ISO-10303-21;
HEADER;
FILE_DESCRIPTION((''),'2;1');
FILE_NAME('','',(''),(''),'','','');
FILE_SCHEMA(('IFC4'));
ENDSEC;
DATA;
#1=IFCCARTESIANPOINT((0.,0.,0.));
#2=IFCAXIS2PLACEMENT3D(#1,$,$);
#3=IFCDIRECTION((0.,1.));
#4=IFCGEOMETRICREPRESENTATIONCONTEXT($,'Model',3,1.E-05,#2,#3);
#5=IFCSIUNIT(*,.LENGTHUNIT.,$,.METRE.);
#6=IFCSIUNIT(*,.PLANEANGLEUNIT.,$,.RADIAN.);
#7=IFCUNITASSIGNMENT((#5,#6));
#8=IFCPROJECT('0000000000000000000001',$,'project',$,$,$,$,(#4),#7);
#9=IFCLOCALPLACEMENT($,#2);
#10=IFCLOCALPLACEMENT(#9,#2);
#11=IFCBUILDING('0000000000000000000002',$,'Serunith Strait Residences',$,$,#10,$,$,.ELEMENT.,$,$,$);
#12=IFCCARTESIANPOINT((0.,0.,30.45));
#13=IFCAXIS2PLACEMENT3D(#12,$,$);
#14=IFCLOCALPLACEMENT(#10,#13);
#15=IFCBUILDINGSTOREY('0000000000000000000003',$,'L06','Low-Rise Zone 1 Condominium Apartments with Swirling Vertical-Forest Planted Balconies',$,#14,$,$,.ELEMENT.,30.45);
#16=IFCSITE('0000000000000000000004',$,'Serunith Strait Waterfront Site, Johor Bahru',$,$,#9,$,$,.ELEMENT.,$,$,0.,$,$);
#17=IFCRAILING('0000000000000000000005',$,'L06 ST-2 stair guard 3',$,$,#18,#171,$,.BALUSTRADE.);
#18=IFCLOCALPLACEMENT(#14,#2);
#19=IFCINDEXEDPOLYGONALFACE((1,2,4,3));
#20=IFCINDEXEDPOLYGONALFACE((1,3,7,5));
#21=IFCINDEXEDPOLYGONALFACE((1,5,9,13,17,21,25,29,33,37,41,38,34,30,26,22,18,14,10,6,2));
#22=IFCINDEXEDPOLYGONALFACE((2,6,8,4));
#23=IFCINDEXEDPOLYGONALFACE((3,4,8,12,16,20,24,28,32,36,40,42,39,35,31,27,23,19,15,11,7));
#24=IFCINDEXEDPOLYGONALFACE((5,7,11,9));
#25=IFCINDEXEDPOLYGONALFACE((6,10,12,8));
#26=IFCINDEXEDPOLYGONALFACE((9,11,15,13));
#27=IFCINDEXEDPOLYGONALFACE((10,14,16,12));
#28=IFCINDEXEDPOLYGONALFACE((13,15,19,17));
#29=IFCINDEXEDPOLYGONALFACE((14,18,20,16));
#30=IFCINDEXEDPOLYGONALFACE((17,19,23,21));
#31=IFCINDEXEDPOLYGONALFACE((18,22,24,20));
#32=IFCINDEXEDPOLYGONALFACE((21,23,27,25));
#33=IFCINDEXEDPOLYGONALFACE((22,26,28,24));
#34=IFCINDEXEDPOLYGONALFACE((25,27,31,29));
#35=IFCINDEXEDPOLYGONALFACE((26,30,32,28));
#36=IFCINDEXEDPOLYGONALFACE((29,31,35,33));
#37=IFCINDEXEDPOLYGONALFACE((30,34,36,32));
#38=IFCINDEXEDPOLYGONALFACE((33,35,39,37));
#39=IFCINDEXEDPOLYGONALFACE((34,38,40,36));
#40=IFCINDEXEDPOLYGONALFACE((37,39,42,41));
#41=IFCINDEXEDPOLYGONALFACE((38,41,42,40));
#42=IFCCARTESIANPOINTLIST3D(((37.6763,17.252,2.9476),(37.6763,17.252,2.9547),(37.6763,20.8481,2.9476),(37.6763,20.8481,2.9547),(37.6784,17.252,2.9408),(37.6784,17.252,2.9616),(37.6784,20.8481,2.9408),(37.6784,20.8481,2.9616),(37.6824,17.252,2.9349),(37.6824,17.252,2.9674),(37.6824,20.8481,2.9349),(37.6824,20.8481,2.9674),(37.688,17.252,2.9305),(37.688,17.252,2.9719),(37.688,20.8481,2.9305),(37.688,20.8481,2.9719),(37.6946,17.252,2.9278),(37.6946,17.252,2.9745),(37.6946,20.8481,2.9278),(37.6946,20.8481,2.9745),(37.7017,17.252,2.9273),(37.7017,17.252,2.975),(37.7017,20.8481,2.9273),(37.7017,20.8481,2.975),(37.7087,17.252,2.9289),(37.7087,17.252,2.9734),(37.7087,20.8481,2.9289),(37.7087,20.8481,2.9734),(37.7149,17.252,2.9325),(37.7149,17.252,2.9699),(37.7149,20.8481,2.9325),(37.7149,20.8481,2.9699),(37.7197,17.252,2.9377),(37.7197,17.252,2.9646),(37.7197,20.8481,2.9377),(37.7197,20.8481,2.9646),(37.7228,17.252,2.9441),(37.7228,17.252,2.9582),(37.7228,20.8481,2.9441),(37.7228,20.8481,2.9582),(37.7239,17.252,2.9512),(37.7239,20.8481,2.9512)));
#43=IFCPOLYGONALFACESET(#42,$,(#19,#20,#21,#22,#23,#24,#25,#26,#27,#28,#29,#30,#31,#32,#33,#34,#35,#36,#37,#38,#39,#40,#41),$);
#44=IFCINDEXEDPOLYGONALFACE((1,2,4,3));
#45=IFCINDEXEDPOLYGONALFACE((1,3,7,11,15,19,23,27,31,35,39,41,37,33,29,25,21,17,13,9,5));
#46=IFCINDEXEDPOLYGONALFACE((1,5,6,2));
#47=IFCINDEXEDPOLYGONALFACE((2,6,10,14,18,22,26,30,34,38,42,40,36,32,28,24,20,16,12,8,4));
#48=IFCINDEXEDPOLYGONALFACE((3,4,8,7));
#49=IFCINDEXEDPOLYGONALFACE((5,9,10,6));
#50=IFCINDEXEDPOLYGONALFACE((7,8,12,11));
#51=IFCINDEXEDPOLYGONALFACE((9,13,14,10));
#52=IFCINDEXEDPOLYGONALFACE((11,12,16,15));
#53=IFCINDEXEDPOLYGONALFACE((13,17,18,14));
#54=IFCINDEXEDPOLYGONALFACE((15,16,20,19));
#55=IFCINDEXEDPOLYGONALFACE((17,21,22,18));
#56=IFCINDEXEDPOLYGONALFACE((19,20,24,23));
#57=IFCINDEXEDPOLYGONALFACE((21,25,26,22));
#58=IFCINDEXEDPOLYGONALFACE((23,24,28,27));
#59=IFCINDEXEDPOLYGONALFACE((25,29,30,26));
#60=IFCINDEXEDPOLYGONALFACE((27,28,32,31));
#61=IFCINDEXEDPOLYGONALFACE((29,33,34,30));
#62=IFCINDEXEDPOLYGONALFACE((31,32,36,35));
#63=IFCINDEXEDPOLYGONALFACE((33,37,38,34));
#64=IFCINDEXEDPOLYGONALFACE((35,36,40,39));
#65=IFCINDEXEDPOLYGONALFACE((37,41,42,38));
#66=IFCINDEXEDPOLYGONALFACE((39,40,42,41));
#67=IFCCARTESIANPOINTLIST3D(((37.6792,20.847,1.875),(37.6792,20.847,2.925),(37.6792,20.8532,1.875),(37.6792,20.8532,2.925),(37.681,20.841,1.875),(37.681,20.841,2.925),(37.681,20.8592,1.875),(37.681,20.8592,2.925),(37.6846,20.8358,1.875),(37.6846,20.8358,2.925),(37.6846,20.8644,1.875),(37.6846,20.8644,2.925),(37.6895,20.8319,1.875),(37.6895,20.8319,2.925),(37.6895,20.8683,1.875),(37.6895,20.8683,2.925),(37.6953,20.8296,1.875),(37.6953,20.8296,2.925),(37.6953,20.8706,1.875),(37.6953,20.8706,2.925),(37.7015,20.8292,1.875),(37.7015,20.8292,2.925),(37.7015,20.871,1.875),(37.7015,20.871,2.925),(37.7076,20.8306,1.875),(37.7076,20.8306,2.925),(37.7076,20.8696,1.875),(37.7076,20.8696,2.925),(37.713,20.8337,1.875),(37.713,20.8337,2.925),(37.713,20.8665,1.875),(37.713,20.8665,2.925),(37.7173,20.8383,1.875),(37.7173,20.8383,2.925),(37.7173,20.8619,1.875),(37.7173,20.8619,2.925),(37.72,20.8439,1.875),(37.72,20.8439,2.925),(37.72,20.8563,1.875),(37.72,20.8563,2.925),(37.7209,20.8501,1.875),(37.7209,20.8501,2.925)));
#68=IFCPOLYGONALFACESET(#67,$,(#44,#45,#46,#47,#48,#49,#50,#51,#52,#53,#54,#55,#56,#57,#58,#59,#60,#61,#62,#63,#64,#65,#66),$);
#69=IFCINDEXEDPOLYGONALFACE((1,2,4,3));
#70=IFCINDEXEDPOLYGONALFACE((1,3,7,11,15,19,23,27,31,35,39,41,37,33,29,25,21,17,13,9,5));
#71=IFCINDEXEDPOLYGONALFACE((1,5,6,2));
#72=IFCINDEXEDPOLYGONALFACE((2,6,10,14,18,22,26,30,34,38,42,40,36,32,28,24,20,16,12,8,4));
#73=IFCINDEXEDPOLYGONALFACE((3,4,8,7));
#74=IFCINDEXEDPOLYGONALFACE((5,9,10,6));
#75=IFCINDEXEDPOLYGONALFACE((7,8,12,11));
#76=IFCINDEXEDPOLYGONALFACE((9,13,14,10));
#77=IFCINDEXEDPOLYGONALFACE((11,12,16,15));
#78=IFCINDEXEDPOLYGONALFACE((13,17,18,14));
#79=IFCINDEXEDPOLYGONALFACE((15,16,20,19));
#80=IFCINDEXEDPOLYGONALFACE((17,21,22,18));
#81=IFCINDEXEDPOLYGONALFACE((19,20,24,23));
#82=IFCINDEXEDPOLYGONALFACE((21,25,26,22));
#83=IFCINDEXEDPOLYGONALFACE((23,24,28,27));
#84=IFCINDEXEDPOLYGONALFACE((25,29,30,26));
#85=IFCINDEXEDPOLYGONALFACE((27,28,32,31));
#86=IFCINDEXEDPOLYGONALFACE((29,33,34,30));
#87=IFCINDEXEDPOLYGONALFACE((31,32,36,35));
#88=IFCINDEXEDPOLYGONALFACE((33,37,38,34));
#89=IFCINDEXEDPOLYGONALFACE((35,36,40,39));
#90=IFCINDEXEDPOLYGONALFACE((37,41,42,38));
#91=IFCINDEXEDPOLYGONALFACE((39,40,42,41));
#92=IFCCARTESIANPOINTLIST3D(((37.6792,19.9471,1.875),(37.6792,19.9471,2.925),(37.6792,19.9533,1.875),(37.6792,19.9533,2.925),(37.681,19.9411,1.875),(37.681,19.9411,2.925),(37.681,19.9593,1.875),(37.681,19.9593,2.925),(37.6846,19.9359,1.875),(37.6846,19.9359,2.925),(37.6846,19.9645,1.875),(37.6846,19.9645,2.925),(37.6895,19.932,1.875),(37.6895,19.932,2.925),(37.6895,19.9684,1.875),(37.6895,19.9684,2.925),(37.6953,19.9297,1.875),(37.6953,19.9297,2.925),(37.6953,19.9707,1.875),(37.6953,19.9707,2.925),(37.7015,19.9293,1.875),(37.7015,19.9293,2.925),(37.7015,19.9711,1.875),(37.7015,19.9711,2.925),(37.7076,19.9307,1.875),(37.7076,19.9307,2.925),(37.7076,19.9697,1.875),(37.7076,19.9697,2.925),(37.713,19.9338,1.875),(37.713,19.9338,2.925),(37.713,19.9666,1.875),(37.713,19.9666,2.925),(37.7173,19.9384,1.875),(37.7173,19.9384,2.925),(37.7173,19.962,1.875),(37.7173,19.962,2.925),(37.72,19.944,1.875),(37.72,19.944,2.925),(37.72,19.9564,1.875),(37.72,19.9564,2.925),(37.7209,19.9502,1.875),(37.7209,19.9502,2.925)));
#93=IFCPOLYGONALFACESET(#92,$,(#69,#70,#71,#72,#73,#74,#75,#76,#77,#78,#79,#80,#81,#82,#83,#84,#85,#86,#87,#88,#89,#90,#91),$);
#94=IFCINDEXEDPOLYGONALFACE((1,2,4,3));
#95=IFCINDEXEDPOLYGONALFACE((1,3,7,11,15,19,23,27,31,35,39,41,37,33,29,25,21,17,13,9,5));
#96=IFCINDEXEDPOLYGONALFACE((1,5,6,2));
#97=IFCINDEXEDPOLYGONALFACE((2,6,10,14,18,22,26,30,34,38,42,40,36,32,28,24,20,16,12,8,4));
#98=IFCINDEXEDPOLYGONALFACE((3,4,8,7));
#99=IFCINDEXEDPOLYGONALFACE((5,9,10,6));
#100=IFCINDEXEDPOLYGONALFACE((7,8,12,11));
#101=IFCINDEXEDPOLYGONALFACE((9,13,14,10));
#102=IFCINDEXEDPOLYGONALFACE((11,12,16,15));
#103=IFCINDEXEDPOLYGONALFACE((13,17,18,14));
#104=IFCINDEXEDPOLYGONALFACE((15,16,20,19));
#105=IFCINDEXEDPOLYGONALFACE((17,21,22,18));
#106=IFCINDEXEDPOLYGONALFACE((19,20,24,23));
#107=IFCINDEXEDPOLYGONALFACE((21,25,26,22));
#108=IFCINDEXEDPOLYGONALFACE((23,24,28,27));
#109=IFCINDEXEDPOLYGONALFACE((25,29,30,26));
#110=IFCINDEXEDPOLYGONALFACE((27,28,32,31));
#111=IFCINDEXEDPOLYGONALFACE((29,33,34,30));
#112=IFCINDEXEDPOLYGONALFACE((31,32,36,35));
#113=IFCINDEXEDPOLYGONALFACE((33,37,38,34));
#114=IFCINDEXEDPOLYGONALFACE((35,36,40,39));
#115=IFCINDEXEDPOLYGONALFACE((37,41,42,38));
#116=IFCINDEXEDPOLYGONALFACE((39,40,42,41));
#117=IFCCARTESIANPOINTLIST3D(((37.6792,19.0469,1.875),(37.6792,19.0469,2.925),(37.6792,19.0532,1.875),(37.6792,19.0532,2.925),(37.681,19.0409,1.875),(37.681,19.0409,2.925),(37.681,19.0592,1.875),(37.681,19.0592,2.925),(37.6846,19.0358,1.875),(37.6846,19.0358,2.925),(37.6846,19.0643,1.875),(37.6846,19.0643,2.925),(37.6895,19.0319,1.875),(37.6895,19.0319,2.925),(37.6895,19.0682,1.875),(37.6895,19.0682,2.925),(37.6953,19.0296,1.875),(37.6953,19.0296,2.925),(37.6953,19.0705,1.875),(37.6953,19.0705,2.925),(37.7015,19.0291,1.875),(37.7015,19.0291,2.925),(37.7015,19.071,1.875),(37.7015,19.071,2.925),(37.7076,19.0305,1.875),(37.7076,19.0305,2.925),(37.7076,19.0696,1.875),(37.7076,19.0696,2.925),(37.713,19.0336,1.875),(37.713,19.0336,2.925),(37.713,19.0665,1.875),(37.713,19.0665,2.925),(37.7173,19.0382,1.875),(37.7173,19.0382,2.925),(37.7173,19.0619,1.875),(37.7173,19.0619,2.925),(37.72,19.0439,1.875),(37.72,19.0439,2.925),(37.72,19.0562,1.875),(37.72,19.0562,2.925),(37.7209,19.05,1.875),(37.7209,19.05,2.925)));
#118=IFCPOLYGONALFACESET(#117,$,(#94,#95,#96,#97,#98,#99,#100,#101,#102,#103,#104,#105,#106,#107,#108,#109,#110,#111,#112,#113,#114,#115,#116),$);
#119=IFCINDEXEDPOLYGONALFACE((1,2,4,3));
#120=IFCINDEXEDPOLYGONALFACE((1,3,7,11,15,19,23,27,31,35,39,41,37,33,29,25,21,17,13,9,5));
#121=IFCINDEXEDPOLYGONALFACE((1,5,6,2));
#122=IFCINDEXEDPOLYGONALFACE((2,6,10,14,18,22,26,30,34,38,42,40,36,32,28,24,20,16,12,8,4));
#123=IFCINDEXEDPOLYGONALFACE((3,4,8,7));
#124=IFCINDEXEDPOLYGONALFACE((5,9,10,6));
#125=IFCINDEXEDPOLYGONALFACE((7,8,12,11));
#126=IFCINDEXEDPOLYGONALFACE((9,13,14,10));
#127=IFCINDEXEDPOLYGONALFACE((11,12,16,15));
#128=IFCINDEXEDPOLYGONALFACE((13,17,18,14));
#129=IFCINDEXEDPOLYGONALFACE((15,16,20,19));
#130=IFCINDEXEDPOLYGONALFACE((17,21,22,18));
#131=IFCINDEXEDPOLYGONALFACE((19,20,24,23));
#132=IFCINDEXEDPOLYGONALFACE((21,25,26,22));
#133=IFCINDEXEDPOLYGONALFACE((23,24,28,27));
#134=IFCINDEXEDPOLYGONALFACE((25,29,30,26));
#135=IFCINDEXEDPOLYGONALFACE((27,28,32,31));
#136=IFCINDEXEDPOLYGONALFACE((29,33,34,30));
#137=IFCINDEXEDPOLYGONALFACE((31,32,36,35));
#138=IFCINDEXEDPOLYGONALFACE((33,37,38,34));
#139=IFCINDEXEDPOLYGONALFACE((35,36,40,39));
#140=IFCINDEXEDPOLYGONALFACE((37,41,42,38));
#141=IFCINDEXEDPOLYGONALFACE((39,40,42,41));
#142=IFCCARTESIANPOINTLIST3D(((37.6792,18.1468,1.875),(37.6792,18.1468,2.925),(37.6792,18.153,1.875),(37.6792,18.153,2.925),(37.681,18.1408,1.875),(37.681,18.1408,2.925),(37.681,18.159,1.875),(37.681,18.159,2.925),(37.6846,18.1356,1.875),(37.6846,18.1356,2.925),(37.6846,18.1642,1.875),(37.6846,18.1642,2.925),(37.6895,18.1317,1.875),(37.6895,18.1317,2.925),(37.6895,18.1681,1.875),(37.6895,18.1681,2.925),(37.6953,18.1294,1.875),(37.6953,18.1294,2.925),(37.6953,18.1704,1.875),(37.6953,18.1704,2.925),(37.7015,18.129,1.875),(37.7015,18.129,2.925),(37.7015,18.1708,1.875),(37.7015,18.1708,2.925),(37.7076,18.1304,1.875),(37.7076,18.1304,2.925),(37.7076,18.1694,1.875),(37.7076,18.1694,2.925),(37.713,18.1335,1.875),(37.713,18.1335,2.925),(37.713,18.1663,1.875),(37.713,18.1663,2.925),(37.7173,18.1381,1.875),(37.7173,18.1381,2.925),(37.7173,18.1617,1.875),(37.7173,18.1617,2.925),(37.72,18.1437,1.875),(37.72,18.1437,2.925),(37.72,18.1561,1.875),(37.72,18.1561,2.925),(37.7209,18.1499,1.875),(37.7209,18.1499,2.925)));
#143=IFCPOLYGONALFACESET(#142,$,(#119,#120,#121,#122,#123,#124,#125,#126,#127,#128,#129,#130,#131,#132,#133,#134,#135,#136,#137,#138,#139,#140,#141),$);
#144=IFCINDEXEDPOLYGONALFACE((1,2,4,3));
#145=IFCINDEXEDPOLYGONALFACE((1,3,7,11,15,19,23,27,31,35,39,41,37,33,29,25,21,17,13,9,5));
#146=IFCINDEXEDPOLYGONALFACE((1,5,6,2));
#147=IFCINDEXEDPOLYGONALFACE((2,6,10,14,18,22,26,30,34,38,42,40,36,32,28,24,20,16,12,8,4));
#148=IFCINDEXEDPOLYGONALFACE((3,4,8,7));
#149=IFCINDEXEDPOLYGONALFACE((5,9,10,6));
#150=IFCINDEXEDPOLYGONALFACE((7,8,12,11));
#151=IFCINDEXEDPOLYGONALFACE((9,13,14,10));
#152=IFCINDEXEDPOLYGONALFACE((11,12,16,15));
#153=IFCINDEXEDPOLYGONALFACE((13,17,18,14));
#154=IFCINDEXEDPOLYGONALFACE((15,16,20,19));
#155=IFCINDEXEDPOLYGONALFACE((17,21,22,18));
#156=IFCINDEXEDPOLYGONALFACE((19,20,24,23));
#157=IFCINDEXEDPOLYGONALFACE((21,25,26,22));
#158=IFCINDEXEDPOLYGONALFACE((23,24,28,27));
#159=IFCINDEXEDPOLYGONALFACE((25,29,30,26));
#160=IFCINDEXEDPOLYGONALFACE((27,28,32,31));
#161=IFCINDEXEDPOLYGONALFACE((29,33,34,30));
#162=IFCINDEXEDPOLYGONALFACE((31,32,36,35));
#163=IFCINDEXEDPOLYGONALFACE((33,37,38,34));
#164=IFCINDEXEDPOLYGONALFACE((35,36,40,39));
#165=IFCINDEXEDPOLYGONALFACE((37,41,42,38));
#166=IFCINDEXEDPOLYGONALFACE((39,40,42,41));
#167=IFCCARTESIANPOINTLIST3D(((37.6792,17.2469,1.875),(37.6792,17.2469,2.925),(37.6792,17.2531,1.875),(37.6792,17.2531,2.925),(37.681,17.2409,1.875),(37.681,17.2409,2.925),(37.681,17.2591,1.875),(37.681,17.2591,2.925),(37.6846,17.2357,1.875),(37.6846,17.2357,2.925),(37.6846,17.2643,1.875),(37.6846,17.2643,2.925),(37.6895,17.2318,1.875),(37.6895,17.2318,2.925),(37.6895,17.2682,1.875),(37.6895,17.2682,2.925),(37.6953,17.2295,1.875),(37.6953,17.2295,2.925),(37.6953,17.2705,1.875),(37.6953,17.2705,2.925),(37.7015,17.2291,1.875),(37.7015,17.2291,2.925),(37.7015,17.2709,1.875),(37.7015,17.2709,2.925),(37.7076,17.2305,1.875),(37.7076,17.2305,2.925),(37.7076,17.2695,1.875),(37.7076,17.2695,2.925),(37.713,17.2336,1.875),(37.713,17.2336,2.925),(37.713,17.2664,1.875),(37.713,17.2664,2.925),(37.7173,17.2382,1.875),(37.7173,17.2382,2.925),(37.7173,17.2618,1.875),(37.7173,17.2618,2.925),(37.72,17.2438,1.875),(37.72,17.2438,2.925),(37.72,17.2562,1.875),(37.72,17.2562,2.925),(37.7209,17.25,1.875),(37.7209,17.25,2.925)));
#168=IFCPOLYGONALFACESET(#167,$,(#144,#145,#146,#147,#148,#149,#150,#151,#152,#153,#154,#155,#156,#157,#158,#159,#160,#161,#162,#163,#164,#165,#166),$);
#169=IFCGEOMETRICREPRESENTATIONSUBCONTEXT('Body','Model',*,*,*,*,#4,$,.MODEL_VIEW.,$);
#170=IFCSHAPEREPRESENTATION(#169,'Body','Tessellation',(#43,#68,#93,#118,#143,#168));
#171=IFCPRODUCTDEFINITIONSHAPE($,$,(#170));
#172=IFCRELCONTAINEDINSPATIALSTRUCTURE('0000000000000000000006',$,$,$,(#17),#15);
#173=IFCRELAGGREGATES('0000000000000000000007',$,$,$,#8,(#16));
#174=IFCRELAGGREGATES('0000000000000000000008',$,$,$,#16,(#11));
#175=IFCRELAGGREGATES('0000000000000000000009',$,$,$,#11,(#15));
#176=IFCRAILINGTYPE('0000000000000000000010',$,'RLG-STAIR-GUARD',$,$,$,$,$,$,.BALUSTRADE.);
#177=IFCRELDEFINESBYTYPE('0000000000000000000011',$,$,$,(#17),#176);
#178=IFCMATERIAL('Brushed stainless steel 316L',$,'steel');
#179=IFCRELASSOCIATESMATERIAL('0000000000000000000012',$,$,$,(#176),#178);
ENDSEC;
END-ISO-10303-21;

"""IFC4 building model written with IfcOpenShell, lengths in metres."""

from ifc_helpers import new_model, si_unit, direction, frame, origin, origin_2d, place, context, subcontext, project, spatial, circle, extrude, material, type_object, element, save


model = new_model("IFC4")

# Units and contexts
model_context = context("Model", 3, precision=1e-05, world=origin(), true_north=direction((0.0, 1.0)))
body_context = subcontext(model_context, "Body", "Model", "MODEL_VIEW")
ifc_project = project(units=[si_unit("LENGTHUNIT", "METRE"), si_unit("PLANEANGLEUNIT", "RADIAN")], contexts=[model_context])

# Site, building, storey
site_placement = place(None, origin())
site = spatial("IfcSite", under=ifc_project, at=site_placement, Name="Serunith Strait Waterfront Site, Johor Bahru", CompositionType="ELEMENT", RefElevation=0.0)
building_placement = place(site_placement, origin())
building = spatial("IfcBuilding", under=site, at=building_placement, Name="Serunith Strait Residences", CompositionType="ELEMENT")
storey_placement = place(building_placement, frame((0.0, 0.0, 30.45)))
storey = spatial("IfcBuildingStorey", under=building, at=storey_placement, Name="L06", Description="Low-Rise Zone 1 Condominium Apartments with Swirling Vertical-Forest Planted Balconies", CompositionType="ELEMENT", Elevation=30.45)

# Railing
ifc_material_1 = material(Name="Brushed stainless steel 316L", Category="steel")
railing_type_1 = type_object("IfcRailingType", Name="RLG-STAIR-GUARD", PredefinedType="BALUSTRADE", material=ifc_material_1)
for number, where, name in (
    (1, (37.7, 20.8501, 1.875), "L06 ST-2 stair guard 3"),
):
    element("IfcRailing", number, at=place(storey_placement, frame(where)), inside=storey, type_object=railing_type_1, Name=name, PredefinedType="BALUSTRADE", context=body_context, shape_type="SweptSolid", body=[
        extrude(circle(Radius=0.0239, at=origin_2d()), frame((0.0, -0.002, 1.0762), z_axis=(0.0, -1.0, 0.0), x_axis=(1.0, 0.0, 0.0)), (0.0, 0.0, 1.0), 3.5962),
        extrude(circle(Radius=0.021, at=origin_2d()), origin(), (0.0, 0.0, 1.0), 1.05),
        extrude(circle(Radius=0.021, at=origin_2d()), frame((0.0, -0.8999, 0.0)), (0.0, 0.0, 1.0), 1.05),
        extrude(circle(Radius=0.021, at=origin_2d()), frame((0.0, -1.8, 0.0)), (0.0, 0.0, 1.0), 1.05),
        extrude(circle(Radius=0.021, at=origin_2d()), frame((0.0, -2.7002, 0.0)), (0.0, 0.0, 1.0), 1.05),
        extrude(circle(Radius=0.021, at=origin_2d()), frame((0.0, -3.6001, 0.0)), (0.0, 0.0, 1.0), 1.05),
    ])

save(model, "model.ifc")
